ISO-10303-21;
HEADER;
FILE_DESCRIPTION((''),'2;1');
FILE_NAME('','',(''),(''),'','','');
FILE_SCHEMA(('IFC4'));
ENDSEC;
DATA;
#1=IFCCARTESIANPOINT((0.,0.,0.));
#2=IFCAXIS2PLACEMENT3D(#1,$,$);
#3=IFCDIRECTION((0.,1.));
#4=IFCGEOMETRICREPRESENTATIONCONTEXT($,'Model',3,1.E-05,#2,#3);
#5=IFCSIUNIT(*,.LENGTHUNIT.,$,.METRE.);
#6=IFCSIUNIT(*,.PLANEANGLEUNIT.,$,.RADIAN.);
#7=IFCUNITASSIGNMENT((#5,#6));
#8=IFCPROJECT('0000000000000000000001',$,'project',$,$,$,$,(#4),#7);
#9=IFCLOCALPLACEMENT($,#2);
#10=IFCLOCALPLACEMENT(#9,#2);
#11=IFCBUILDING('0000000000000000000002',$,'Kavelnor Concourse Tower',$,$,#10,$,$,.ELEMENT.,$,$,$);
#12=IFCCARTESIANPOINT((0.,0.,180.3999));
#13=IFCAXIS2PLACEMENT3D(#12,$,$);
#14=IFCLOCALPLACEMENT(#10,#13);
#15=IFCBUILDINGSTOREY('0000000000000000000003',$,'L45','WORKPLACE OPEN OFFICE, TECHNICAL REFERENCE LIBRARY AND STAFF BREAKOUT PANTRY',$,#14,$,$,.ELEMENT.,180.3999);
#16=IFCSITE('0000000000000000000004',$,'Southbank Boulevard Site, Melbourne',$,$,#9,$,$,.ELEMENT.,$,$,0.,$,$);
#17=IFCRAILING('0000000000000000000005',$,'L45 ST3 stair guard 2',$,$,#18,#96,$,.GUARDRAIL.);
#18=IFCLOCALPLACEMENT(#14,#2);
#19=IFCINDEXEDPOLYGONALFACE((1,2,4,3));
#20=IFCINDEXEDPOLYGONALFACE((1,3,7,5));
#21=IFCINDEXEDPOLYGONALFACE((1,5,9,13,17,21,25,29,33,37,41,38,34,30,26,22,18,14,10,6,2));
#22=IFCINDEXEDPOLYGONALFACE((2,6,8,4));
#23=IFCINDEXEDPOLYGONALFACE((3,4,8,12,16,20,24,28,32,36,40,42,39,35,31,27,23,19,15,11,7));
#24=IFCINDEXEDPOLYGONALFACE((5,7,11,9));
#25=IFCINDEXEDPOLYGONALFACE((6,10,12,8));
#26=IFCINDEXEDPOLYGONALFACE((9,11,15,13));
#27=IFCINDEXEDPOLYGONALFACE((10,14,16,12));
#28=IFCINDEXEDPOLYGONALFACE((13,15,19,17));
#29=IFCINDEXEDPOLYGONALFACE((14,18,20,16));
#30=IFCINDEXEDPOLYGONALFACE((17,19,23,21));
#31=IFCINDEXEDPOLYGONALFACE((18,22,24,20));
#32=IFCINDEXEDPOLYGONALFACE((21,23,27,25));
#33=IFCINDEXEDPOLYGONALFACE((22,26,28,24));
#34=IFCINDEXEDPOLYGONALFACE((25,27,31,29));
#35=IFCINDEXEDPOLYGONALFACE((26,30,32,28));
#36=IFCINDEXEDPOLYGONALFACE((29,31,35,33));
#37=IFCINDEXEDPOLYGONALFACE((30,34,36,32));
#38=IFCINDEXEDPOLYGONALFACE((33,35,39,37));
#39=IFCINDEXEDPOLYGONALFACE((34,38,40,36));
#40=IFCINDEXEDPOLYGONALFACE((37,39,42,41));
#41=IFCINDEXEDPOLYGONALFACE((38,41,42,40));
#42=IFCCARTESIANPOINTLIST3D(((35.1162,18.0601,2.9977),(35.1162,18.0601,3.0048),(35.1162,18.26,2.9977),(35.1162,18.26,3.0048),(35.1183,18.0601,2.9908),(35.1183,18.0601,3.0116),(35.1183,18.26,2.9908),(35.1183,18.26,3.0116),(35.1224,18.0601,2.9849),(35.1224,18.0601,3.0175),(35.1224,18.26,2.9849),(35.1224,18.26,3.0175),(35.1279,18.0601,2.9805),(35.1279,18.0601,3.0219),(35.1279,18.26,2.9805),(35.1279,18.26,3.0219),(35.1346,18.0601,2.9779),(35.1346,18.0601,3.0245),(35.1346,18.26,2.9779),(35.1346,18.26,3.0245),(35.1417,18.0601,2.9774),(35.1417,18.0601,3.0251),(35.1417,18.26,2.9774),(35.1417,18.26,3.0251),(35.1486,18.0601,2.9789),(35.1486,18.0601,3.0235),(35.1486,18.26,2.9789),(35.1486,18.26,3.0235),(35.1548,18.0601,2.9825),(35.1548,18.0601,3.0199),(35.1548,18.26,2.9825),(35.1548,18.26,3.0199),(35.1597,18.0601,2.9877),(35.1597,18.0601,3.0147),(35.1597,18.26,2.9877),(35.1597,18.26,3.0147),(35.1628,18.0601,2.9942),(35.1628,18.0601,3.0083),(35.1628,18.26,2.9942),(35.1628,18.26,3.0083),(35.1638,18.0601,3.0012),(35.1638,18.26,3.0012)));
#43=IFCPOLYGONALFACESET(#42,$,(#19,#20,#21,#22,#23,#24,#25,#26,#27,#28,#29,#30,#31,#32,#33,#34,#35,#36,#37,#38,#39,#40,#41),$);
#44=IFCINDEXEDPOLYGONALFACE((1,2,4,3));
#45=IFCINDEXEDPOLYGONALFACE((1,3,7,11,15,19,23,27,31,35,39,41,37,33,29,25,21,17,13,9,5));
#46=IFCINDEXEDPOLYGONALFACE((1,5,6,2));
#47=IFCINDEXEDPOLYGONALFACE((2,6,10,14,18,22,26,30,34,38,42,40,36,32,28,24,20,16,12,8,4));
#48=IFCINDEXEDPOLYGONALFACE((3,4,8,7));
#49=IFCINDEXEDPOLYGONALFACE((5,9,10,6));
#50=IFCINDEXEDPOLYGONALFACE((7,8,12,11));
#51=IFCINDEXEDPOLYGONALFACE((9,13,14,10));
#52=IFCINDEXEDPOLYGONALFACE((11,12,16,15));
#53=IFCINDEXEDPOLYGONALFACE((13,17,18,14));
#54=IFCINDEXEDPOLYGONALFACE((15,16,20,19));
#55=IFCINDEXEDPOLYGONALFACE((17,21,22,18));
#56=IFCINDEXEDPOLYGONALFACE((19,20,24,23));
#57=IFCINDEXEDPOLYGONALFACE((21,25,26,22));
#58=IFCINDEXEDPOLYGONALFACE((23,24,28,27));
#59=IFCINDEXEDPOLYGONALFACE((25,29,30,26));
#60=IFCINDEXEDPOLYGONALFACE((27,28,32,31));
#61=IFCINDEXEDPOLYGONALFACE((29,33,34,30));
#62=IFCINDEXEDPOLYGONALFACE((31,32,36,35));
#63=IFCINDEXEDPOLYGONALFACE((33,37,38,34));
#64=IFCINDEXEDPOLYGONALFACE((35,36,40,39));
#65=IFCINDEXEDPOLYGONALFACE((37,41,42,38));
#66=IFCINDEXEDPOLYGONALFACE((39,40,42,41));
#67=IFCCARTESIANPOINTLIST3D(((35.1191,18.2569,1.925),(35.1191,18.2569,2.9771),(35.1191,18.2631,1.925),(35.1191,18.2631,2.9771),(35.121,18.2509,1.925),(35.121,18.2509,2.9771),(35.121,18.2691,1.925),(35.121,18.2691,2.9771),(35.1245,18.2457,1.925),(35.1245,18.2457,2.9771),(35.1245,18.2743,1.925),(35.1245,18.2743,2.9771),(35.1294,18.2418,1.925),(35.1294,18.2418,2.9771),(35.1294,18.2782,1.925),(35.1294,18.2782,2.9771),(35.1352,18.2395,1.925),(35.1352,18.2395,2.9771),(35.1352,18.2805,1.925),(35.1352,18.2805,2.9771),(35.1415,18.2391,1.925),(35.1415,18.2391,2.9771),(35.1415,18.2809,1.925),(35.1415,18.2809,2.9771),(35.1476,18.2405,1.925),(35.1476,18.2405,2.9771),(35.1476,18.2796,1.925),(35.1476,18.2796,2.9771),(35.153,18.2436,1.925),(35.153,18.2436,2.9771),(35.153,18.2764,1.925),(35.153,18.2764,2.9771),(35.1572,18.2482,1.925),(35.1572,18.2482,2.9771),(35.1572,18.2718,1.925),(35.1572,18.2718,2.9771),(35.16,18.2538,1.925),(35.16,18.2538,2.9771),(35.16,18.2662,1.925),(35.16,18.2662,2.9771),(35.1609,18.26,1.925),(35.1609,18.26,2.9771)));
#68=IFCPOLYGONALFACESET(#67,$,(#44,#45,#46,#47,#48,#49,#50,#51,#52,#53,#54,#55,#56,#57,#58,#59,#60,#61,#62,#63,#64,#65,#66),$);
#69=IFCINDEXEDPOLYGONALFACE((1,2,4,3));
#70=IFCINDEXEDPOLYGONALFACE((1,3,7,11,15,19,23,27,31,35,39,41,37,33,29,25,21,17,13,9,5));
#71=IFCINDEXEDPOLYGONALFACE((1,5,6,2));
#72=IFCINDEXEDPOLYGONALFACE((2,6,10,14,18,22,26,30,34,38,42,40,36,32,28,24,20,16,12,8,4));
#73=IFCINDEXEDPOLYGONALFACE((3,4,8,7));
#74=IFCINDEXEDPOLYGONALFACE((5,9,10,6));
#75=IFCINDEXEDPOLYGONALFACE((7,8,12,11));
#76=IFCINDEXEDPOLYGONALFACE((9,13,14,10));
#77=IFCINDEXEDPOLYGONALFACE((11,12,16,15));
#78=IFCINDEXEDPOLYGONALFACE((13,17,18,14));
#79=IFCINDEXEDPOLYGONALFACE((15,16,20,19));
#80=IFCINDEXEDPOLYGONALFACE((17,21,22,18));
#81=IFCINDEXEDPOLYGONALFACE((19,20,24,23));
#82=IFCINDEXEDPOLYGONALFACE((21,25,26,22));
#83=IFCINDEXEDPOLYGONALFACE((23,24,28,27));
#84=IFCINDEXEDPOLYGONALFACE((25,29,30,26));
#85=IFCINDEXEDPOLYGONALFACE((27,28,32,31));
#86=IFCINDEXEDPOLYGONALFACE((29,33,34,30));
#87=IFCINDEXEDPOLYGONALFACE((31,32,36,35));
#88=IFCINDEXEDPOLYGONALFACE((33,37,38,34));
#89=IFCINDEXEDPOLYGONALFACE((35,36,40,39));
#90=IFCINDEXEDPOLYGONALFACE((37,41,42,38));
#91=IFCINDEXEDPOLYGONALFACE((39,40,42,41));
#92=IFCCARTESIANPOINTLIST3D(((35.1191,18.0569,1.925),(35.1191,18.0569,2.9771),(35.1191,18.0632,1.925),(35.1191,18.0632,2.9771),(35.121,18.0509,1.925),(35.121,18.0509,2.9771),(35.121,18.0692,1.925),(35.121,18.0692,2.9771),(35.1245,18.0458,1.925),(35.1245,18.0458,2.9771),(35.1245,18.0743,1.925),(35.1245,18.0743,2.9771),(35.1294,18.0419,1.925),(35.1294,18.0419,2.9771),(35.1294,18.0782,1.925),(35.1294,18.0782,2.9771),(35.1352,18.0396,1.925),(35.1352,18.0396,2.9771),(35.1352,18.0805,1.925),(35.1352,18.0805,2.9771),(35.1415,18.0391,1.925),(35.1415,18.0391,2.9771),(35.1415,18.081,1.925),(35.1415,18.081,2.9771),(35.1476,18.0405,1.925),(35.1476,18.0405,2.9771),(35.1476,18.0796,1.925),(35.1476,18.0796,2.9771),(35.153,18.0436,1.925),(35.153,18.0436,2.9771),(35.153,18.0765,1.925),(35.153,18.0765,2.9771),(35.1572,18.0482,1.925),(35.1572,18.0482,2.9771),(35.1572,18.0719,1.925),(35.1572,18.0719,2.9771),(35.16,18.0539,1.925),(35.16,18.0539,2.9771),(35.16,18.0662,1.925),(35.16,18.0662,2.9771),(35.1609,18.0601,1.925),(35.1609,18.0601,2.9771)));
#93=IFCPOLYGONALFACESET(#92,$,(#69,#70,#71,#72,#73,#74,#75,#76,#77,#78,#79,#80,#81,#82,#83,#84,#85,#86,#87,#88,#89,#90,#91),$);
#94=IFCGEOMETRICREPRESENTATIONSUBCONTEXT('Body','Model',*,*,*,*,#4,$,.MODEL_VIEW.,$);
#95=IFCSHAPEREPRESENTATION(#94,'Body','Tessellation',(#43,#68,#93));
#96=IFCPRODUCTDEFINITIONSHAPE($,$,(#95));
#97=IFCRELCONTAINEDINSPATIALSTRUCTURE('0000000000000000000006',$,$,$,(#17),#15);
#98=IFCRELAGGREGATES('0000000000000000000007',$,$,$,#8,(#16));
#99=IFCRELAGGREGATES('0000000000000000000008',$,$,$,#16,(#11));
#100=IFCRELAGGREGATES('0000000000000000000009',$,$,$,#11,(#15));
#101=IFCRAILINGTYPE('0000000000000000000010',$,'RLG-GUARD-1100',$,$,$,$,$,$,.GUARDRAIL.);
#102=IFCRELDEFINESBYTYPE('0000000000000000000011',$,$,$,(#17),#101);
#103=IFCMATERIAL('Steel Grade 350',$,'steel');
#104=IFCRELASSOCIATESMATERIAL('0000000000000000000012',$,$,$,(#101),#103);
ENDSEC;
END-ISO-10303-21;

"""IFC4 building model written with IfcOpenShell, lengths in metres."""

from ifc_helpers import new_model, si_unit, direction, frame, origin, origin_2d, place, context, subcontext, project, spatial, circle, extrude, material, type_object, element, save


model = new_model("IFC4")

# Units and contexts
model_context = context("Model", 3, precision=1e-05, world=origin(), true_north=direction((0.0, 1.0)))
body_context = subcontext(model_context, "Body", "Model", "MODEL_VIEW")
ifc_project = project(units=[si_unit("LENGTHUNIT", "METRE"), si_unit("PLANEANGLEUNIT", "RADIAN")], contexts=[model_context])

# Site, building, storey
site_placement = place(None, origin())
site = spatial("IfcSite", under=ifc_project, at=site_placement, Name="Southbank Boulevard Site, Melbourne", CompositionType="ELEMENT", RefElevation=0.0)
building_placement = place(site_placement, origin())
building = spatial("IfcBuilding", under=site, at=building_placement, Name="Kavelnor Concourse Tower", CompositionType="ELEMENT")
storey_placement = place(building_placement, frame((0.0, 0.0, 180.3999)))
storey = spatial("IfcBuildingStorey", under=building, at=storey_placement, Name="L45", Description="WORKPLACE OPEN OFFICE, TECHNICAL REFERENCE LIBRARY AND STAFF BREAKOUT PANTRY", CompositionType="ELEMENT", Elevation=180.3999)

# Shared definitions
ifc_material_1 = material(Name="Steel Grade 350", Category="steel")

# Railing
railing_type = type_object("IfcRailingType", Name="RLG-GUARD-1100", PredefinedType="GUARDRAIL", material=ifc_material_1)
railing_1_placement = place(storey_placement, frame((35.1399, 18.26, 1.925)))
element("IfcRailing", 1, at=railing_1_placement, inside=storey, type_object=railing_type, Name="L45 ST3 stair guard 2", PredefinedType="GUARDRAIL", context=body_context, shape_type="SweptSolid", body=[
    extrude(circle(Radius=0.0239, at=origin_2d()), frame((0.0, 0.0, 1.0762), z_axis=(0.0, -1.0, 0.0), x_axis=(1.0, 0.0, 0.0)), (0.0, 0.0, 1.0), 0.2),
    extrude(circle(Radius=0.021, at=origin_2d()), origin(), (0.0, 0.0, 1.0), 1.052),
    extrude(circle(Radius=0.021, at=origin_2d()), frame((0.0, -0.2, 0.0)), (0.0, 0.0, 1.0), 1.052),
])

save(model, "model.ifc")
